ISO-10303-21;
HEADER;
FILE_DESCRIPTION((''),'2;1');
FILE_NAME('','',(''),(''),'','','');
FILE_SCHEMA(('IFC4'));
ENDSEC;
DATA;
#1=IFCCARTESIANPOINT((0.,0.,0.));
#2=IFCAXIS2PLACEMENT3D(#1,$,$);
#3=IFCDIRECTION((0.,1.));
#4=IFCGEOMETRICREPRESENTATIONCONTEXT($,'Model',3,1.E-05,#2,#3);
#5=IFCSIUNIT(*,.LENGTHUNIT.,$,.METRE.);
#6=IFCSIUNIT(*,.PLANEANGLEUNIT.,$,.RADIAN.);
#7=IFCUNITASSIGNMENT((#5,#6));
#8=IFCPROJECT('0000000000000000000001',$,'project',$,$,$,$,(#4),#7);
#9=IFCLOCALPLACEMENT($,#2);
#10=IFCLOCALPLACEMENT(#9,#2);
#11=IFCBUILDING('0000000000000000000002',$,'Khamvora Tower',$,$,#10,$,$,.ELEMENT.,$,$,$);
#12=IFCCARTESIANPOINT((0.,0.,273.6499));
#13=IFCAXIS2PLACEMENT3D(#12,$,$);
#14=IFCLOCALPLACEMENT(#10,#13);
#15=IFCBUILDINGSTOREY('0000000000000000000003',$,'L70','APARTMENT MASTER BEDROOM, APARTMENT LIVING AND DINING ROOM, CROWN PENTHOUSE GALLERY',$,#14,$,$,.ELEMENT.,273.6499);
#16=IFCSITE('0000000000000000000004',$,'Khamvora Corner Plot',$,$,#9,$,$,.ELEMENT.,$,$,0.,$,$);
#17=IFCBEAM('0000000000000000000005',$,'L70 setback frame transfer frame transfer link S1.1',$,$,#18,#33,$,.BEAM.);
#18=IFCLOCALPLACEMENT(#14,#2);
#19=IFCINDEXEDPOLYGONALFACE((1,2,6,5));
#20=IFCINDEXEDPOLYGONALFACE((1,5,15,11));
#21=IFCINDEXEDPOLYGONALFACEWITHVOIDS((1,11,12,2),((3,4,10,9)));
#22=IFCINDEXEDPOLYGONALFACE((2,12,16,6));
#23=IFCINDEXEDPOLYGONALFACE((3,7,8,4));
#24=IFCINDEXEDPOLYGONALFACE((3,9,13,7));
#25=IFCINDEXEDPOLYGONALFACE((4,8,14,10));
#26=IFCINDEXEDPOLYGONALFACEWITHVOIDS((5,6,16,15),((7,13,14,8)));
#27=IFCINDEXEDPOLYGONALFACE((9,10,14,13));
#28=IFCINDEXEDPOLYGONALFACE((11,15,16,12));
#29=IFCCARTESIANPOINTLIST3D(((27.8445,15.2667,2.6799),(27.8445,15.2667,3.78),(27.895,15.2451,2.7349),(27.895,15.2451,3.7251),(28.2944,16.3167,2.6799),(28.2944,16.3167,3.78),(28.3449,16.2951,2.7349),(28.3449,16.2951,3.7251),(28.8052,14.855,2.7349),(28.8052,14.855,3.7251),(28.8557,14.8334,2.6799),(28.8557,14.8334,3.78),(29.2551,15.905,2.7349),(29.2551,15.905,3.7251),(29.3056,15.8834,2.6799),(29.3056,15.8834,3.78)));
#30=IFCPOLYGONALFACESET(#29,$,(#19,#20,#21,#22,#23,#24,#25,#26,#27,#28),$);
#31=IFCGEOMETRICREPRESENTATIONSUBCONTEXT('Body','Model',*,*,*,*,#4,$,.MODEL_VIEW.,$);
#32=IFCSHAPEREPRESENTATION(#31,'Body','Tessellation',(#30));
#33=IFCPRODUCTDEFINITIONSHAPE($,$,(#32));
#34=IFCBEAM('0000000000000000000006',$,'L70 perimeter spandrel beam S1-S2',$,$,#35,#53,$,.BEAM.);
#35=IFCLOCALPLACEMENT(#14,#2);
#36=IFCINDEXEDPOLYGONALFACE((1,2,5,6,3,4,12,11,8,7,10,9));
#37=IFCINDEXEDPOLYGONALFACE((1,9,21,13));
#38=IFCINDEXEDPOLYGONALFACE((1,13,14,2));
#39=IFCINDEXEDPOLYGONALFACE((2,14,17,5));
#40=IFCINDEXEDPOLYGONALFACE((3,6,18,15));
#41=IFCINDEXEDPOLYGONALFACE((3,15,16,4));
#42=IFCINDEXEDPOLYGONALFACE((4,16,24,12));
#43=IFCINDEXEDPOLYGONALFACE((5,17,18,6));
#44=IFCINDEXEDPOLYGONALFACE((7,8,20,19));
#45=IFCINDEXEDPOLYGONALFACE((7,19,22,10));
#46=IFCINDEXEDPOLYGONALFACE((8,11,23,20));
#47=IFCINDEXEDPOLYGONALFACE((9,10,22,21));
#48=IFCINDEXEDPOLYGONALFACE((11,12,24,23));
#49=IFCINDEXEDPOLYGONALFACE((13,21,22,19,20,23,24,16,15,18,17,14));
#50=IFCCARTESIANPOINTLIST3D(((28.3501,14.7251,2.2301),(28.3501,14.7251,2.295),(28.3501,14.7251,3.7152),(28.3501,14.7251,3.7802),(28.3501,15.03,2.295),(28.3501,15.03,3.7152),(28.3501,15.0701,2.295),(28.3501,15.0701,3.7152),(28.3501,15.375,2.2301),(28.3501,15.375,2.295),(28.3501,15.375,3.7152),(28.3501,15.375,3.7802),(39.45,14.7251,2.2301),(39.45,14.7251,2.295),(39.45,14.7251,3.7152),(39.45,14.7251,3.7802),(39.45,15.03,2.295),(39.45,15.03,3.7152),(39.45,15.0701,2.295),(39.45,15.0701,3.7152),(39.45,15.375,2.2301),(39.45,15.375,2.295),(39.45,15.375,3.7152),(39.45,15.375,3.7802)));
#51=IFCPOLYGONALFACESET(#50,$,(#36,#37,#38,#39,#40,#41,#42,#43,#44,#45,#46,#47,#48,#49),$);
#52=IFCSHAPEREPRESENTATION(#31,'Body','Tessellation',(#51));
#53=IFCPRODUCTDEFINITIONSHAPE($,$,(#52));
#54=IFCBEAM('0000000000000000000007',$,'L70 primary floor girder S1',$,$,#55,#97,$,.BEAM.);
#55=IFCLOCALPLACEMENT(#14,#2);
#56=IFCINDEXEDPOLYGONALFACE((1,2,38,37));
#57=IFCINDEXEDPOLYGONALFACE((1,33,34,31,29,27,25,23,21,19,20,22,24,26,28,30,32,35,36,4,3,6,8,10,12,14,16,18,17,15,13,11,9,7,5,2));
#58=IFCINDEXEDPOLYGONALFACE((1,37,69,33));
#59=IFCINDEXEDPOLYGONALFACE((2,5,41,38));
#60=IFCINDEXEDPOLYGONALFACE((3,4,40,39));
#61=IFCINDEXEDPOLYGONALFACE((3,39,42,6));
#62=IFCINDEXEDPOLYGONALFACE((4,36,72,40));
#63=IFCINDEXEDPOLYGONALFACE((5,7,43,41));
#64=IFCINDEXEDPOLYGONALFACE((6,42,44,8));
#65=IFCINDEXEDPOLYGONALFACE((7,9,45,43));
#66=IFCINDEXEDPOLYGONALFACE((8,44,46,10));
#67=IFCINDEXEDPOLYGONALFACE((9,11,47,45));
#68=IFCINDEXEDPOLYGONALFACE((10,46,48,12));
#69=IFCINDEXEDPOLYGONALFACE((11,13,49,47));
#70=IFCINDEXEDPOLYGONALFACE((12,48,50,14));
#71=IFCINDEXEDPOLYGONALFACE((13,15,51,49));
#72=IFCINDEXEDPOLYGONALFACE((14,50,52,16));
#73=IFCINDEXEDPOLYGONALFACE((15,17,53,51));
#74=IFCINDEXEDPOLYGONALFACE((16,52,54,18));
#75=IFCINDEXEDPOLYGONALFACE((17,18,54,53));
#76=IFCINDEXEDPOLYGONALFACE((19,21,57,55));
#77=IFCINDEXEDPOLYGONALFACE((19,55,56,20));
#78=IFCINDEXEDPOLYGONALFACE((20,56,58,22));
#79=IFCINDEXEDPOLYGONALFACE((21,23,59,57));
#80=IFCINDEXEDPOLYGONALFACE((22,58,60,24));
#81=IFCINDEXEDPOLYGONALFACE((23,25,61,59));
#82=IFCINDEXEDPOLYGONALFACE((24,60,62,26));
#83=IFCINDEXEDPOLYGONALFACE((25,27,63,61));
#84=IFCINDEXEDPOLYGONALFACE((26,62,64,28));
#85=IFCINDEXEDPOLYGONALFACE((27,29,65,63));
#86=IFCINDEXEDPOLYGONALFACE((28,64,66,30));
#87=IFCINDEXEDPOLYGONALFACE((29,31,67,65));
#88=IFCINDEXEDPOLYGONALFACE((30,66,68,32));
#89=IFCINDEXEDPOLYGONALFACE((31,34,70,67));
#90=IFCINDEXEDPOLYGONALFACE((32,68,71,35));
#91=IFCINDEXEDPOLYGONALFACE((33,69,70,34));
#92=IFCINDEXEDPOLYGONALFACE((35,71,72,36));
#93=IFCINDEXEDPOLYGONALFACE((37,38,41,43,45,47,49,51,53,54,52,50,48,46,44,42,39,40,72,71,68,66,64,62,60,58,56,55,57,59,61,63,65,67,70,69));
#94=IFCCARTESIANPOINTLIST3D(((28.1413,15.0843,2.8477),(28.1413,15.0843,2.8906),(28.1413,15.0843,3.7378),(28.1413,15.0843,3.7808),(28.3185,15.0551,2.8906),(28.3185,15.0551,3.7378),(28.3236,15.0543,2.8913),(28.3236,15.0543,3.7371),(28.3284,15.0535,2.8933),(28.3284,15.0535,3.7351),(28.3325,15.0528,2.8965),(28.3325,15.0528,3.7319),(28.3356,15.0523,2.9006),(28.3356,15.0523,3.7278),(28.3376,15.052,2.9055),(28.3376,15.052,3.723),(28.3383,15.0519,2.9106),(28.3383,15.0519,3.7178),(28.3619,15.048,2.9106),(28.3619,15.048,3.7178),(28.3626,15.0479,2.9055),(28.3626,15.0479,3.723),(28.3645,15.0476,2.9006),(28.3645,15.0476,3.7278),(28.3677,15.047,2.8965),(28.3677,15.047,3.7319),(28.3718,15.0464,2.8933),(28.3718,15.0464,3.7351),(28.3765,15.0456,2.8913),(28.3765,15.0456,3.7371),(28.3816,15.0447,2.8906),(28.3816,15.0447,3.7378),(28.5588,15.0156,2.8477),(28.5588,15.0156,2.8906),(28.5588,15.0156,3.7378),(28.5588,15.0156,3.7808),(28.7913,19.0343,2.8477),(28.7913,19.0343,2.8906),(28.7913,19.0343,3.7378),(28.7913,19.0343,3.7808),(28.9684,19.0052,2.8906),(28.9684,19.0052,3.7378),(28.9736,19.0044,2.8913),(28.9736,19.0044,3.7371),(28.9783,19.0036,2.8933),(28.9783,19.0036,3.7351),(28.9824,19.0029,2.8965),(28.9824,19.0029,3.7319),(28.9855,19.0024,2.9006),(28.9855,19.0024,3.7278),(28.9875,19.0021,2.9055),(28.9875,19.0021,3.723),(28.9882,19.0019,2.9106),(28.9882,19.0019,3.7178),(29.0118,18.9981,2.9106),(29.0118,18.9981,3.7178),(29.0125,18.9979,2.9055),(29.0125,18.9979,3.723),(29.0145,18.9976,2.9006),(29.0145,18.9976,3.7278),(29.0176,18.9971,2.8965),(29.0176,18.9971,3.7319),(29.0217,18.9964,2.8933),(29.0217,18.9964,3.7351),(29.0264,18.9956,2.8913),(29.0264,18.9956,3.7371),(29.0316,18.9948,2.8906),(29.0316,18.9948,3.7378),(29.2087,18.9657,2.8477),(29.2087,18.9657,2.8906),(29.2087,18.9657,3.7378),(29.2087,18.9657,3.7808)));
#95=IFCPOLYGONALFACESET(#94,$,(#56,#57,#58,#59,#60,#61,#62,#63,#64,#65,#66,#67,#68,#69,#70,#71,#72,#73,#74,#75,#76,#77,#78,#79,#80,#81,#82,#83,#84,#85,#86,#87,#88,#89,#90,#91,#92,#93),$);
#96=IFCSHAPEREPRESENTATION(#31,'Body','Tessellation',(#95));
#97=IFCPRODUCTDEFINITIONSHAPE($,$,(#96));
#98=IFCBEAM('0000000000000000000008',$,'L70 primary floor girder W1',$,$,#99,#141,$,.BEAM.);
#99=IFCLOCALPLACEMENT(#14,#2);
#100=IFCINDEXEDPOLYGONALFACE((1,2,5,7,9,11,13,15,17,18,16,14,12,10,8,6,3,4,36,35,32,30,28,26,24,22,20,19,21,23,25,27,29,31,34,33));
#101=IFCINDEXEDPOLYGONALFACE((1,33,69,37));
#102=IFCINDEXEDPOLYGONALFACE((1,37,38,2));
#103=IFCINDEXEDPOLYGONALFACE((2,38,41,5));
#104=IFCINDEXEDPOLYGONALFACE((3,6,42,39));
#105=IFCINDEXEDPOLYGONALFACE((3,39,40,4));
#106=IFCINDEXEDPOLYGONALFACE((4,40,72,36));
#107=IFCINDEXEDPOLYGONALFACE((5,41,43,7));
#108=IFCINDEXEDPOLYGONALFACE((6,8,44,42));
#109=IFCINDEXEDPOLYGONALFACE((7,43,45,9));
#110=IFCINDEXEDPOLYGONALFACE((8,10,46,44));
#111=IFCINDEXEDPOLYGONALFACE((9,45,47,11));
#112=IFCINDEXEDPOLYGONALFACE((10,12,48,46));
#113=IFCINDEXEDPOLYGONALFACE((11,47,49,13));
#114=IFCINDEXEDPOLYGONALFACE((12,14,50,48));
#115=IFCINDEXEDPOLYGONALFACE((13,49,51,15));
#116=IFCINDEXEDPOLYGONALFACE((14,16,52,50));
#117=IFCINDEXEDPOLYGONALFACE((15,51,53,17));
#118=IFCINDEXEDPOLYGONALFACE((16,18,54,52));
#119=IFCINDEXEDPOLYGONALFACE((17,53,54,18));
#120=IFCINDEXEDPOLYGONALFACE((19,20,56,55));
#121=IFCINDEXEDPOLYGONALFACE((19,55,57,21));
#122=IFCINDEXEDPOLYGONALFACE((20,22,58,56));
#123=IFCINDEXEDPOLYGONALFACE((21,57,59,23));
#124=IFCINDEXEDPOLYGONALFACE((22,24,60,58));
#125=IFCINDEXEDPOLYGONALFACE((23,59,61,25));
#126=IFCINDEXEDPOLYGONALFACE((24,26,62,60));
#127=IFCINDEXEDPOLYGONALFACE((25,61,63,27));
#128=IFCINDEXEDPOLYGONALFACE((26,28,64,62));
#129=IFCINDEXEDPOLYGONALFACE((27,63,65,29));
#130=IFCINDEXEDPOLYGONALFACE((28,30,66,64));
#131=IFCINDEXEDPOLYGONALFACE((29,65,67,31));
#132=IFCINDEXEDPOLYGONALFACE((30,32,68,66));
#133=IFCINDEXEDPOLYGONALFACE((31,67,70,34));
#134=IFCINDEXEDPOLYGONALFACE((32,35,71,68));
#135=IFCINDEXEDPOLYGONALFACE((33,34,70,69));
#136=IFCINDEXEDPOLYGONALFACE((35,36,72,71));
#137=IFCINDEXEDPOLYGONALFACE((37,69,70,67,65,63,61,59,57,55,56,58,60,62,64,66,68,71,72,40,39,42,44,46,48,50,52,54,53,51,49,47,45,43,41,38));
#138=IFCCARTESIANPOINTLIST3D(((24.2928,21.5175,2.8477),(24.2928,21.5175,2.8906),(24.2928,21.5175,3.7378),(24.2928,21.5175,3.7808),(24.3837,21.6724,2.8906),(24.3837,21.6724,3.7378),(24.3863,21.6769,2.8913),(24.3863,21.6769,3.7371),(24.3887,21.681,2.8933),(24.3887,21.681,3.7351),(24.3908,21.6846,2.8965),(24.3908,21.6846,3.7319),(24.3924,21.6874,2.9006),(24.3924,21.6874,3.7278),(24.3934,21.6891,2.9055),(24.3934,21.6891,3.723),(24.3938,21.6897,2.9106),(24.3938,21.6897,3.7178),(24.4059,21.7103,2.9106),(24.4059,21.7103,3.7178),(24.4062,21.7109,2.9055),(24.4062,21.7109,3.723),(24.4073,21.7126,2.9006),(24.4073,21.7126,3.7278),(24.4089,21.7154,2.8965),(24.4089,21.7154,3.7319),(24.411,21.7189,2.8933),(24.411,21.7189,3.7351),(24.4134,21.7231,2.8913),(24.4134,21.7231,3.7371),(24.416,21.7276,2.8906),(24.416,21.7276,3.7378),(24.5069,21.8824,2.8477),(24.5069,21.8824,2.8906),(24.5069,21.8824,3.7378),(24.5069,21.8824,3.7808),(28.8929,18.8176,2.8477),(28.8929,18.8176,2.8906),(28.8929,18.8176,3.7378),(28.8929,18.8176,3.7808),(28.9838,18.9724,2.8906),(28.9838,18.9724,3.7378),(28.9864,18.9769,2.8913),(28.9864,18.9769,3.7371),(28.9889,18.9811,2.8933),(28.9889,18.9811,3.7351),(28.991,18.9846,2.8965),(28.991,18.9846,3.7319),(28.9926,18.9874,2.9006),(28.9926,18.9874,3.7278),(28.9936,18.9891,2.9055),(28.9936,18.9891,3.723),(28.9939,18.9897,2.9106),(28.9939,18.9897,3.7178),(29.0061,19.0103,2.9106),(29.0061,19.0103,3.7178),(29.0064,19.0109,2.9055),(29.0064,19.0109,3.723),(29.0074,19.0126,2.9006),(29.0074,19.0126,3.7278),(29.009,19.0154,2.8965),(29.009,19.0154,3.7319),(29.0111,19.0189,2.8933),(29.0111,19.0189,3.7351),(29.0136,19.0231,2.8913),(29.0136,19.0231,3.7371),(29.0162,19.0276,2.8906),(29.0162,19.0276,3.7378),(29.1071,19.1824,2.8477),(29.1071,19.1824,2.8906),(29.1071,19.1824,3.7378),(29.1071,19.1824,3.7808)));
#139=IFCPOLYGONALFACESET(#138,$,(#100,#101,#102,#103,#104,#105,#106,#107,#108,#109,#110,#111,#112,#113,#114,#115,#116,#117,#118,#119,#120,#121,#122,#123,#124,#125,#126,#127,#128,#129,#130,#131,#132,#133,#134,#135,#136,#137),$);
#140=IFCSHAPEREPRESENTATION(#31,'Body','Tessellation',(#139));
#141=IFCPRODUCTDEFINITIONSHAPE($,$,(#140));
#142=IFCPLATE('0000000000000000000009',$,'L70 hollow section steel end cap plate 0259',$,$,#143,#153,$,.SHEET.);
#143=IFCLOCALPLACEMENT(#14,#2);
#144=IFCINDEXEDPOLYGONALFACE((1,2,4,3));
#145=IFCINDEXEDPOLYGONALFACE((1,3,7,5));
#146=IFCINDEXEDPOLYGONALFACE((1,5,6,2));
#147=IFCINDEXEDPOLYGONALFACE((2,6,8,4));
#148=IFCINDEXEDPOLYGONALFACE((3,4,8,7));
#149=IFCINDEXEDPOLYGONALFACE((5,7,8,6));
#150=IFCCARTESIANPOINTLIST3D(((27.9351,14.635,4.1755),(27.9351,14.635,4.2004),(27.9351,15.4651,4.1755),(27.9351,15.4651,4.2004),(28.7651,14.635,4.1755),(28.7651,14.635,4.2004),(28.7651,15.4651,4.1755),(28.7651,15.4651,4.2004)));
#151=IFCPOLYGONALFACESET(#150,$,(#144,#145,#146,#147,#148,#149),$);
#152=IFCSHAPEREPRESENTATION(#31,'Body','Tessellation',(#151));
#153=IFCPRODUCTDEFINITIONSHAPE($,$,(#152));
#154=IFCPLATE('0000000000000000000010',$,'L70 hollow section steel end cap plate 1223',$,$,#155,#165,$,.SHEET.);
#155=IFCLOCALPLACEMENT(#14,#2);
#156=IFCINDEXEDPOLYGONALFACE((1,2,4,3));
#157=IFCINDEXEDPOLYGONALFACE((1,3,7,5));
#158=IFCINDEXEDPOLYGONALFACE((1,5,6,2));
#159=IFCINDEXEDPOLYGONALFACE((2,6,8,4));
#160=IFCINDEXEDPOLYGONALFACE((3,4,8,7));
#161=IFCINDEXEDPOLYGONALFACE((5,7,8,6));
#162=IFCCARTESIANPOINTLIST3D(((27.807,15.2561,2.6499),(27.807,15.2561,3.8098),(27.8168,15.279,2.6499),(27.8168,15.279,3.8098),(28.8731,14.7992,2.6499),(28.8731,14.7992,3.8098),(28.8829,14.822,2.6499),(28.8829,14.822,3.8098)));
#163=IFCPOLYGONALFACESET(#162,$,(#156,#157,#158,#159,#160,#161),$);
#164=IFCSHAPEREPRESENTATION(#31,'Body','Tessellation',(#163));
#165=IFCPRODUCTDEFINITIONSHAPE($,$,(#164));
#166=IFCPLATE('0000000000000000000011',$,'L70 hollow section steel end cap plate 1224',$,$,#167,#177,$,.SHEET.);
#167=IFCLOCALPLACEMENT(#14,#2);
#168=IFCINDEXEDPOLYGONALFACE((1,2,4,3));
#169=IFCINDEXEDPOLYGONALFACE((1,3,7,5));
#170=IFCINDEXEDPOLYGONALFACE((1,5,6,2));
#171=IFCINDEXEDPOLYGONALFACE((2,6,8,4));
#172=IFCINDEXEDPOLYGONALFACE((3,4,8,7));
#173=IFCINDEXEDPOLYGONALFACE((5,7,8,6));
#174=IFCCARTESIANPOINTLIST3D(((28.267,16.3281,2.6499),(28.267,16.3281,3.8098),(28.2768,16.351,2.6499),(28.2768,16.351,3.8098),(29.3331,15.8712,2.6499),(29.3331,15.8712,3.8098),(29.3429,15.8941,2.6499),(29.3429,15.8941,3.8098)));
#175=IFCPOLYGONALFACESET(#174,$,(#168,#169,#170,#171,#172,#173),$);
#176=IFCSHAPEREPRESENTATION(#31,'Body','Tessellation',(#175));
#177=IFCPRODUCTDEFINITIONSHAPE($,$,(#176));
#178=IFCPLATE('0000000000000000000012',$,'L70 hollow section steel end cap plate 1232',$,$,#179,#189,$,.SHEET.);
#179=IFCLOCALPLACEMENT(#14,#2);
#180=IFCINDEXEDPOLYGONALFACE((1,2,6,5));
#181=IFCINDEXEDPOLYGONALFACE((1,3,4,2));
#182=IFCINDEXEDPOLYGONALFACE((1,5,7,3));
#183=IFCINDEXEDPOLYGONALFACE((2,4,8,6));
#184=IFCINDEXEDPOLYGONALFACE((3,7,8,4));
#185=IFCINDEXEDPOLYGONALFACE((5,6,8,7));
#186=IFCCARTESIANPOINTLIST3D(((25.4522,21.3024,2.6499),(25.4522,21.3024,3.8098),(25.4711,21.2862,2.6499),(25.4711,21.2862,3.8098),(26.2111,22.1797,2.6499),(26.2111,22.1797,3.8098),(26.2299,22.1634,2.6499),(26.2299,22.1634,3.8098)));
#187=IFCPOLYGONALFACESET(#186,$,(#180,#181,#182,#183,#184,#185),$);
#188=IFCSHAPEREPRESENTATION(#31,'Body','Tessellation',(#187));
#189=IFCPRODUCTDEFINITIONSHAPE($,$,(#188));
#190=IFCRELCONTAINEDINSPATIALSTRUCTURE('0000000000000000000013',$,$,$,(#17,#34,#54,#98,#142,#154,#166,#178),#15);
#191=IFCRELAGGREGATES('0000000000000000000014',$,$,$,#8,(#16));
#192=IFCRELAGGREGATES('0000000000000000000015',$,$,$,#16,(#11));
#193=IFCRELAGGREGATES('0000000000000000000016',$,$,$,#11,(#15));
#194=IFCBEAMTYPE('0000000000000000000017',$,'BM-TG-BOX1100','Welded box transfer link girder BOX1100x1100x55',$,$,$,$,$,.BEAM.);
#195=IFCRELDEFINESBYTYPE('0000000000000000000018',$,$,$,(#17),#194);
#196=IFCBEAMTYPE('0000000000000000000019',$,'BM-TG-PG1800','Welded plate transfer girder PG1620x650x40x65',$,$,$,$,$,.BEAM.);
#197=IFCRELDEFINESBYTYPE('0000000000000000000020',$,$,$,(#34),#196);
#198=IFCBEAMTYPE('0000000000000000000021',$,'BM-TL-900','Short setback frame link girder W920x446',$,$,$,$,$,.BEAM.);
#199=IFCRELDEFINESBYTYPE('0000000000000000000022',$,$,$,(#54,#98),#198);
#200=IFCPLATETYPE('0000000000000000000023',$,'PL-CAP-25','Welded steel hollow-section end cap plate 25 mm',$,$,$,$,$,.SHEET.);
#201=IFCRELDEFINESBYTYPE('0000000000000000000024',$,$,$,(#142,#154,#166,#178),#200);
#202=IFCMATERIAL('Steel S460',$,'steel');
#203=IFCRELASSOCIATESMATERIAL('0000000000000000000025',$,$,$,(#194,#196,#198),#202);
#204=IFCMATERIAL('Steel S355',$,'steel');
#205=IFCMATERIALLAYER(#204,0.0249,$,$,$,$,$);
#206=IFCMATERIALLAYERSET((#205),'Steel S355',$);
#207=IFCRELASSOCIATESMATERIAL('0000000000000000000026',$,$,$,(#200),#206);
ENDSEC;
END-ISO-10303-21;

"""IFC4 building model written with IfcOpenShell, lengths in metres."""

from ifc_helpers import new_model, si_unit, direction, frame, origin, origin_2d, place, context, subcontext, project, spatial, rectangle, hollow_rectangle, i_section, extrude, material, layer, layer_set, material_profile, profile_set, type_object, element, save


model = new_model("IFC4")

# Units and contexts
model_context = context("Model", 3, precision=1e-05, world=origin(), true_north=direction((0.0, 1.0)))
body_context = subcontext(model_context, "Body", "Model", "MODEL_VIEW")
ifc_project = project(units=[si_unit("LENGTHUNIT", "METRE"), si_unit("PLANEANGLEUNIT", "RADIAN")], contexts=[model_context])

# Site, building, storey
site_placement = place(None, origin())
site = spatial("IfcSite", under=ifc_project, at=site_placement, Name="Khamvora Corner Plot", CompositionType="ELEMENT", RefElevation=0.0)
building_placement = place(site_placement, origin())
building = spatial("IfcBuilding", under=site, at=building_placement, Name="Khamvora Tower", CompositionType="ELEMENT")
storey_placement = place(building_placement, frame((0.0, 0.0, 273.6499)))
storey = spatial("IfcBuildingStorey", under=building, at=storey_placement, Name="L70", Description="APARTMENT MASTER BEDROOM, APARTMENT LIVING AND DINING ROOM, CROWN PENTHOUSE GALLERY", CompositionType="ELEMENT", Elevation=273.6499)

# Shared definitions
ifc_material_1 = material(Name="Steel S355", Category="steel")

# Beams
ifc_material_2 = material(Name="Steel S460", Category="steel")
ifc_material_profile_1 = material_profile(ifc_material_2, hollow_rectangle(XDim=1.1001, YDim=1.1001, WallThickness=0.0549, at=origin_2d()), Name="BOX1100x1100x55")
ifc_profile_set_1 = profile_set([ifc_material_profile_1], Name="Steel S460")
beam_type_1 = type_object("IfcBeamType", Name="BM-TG-BOX1100", Description="Welded box transfer link girder BOX1100x1100x55", PredefinedType="BEAM", material=ifc_profile_set_1)
beam_1_placement = place(storey_placement, frame((28.3501, 15.05, 3.23), z_axis=(0.393868, 0.919167, 0.0), x_axis=(-0.919167, 0.393868, 0.0)))
element("IfcBeam", 1, at=beam_1_placement, inside=storey, type_object=beam_type_1, Name="L70 setback frame transfer frame transfer link S1.1", PredefinedType="BEAM", context=body_context, shape_type="SweptSolid", body=[
    extrude(hollow_rectangle(XDim=1.1001, YDim=1.1001, WallThickness=0.0549, at=origin_2d()), origin(), (0.0, 0.0, 1.0), 1.1423),
])
ifc_material_profile_2 = material_profile(ifc_material_2, i_section(OverallWidth=0.6499, OverallDepth=1.55, WebThickness=0.04, FlangeThickness=0.0649, at=origin_2d()), Name="PG1550x650x40x65")
ifc_profile_set_2 = profile_set([ifc_material_profile_2], Name="Steel S460")
beam_type_2 = type_object("IfcBeamType", Name="BM-TG-PG1800", Description="Welded plate transfer girder PG1620x650x40x65", PredefinedType="BEAM", material=ifc_profile_set_2)
beam_2_placement = place(storey_placement, frame((28.3501, 15.05, 3.0051), z_axis=(1.0, 0.0, 0.0), x_axis=(0.0, 1.0, 0.0)))
element("IfcBeam", 2, at=beam_2_placement, inside=storey, type_object=beam_type_2, Name="L70 perimeter spandrel beam S1-S2", PredefinedType="BEAM", context=body_context, shape_type="SweptSolid", body=[
    extrude(i_section(OverallWidth=0.6499, OverallDepth=1.55, WebThickness=0.04, FlangeThickness=0.0649, at=origin_2d()), origin(), (0.0, 0.0, 1.0), 11.0999),
])
ifc_material_profile_3 = material_profile(ifc_material_2, i_section(OverallWidth=0.4231, OverallDepth=0.9331, WebThickness=0.0239, FlangeThickness=0.043, FilletRadius=0.02, at=origin_2d()), Name="W920x446")
ifc_profile_set_3 = profile_set([ifc_material_profile_3], Name="Steel S460")
beam_type_3 = type_object("IfcBeamType", Name="BM-TL-900", Description="Short setback frame link girder W920x446", PredefinedType="BEAM", material=ifc_profile_set_3)
beam_3_placement = place(storey_placement, frame((29.0, 19.0, 3.3142), z_axis=(-0.162351, -0.986733, 0.0), x_axis=(0.986733, -0.162351, 0.0)))
element("IfcBeam", 3, at=beam_3_placement, inside=storey, type_object=beam_type_3, Name="L70 primary floor girder S1", PredefinedType="BEAM", context=body_context, shape_type="SweptSolid", body=[
    extrude(i_section(OverallWidth=0.4231, OverallDepth=0.9331, WebThickness=0.0239, FlangeThickness=0.043, FilletRadius=0.02, at=origin_2d()), origin(), (0.0, 0.0, 1.0), 4.0032),
])
beam_4_placement = place(storey_placement, frame((29.0, 19.0, 3.3142), z_axis=(-0.862424, 0.506186, 0.0), x_axis=(-0.506186, -0.862424, 0.0)))
element("IfcBeam", 4, at=beam_4_placement, inside=storey, type_object=beam_type_3, Name="L70 primary floor girder W1", PredefinedType="BEAM", context=body_context, shape_type="SweptSolid", body=[
    extrude(i_section(OverallWidth=0.4231, OverallDepth=0.9331, WebThickness=0.0239, FlangeThickness=0.043, FilletRadius=0.02, at=origin_2d()), origin(), (0.0, 0.0, 1.0), 5.334),
])

# Plates
ifc_layer_1 = layer(ifc_material_1, 0.0249)
ifc_layer_set_1 = layer_set([ifc_layer_1], Name="Steel S355")
plate_type_1 = type_object("IfcPlateType", Name="PL-CAP-25", Description="Welded steel hollow-section end cap plate 25 mm", PredefinedType="SHEET", material=ifc_layer_set_1)
plate_placement = place(storey_placement, frame((28.3501, 15.05, 4.1755), z_axis=(0.0, 0.0, 1.0), x_axis=(1.0, 0.0, 0.0)))
element("IfcPlate", 5, at=plate_placement, inside=storey, type_object=plate_type_1, Name="L70 hollow section steel end cap plate 0259", PredefinedType="SHEET", context=body_context, shape_type="SweptSolid", body=[
    extrude(rectangle(XDim=0.8301, YDim=0.8301, at=origin_2d()), origin(), (0.0, 0.0, 1.0), 0.0249),
])
for number, where, z_axis, x_axis, name in (
    (6, (28.345, 15.0391, 2.6499), (0.0, 0.0, 1.0), (0.393926, 0.919142, 0.0), "L70 hollow section steel end cap plate 1223"),
    (7, (28.8049, 16.1111, 2.6499), (0.0, 0.0, 1.0), (0.393926, 0.919142, 0.0), "L70 hollow section steel end cap plate 1224"),
    (8, (25.8411, 21.7329, 2.6499), (0.0, 0.0, 1.0), (-0.756288, 0.654239, 0.0), "L70 hollow section steel end cap plate 1232"),
):
    element("IfcPlate", number, at=place(storey_placement, frame(where, z_axis=z_axis, x_axis=x_axis)), inside=storey, type_object=plate_type_1, Name=name, PredefinedType="SHEET", context=body_context, shape_type="SweptSolid", body=[
        extrude(rectangle(XDim=0.0249, YDim=1.1599, at=origin_2d()), origin(), (0.0, 0.0, 1.0), 1.1599),
    ])

save(model, "model.ifc")
